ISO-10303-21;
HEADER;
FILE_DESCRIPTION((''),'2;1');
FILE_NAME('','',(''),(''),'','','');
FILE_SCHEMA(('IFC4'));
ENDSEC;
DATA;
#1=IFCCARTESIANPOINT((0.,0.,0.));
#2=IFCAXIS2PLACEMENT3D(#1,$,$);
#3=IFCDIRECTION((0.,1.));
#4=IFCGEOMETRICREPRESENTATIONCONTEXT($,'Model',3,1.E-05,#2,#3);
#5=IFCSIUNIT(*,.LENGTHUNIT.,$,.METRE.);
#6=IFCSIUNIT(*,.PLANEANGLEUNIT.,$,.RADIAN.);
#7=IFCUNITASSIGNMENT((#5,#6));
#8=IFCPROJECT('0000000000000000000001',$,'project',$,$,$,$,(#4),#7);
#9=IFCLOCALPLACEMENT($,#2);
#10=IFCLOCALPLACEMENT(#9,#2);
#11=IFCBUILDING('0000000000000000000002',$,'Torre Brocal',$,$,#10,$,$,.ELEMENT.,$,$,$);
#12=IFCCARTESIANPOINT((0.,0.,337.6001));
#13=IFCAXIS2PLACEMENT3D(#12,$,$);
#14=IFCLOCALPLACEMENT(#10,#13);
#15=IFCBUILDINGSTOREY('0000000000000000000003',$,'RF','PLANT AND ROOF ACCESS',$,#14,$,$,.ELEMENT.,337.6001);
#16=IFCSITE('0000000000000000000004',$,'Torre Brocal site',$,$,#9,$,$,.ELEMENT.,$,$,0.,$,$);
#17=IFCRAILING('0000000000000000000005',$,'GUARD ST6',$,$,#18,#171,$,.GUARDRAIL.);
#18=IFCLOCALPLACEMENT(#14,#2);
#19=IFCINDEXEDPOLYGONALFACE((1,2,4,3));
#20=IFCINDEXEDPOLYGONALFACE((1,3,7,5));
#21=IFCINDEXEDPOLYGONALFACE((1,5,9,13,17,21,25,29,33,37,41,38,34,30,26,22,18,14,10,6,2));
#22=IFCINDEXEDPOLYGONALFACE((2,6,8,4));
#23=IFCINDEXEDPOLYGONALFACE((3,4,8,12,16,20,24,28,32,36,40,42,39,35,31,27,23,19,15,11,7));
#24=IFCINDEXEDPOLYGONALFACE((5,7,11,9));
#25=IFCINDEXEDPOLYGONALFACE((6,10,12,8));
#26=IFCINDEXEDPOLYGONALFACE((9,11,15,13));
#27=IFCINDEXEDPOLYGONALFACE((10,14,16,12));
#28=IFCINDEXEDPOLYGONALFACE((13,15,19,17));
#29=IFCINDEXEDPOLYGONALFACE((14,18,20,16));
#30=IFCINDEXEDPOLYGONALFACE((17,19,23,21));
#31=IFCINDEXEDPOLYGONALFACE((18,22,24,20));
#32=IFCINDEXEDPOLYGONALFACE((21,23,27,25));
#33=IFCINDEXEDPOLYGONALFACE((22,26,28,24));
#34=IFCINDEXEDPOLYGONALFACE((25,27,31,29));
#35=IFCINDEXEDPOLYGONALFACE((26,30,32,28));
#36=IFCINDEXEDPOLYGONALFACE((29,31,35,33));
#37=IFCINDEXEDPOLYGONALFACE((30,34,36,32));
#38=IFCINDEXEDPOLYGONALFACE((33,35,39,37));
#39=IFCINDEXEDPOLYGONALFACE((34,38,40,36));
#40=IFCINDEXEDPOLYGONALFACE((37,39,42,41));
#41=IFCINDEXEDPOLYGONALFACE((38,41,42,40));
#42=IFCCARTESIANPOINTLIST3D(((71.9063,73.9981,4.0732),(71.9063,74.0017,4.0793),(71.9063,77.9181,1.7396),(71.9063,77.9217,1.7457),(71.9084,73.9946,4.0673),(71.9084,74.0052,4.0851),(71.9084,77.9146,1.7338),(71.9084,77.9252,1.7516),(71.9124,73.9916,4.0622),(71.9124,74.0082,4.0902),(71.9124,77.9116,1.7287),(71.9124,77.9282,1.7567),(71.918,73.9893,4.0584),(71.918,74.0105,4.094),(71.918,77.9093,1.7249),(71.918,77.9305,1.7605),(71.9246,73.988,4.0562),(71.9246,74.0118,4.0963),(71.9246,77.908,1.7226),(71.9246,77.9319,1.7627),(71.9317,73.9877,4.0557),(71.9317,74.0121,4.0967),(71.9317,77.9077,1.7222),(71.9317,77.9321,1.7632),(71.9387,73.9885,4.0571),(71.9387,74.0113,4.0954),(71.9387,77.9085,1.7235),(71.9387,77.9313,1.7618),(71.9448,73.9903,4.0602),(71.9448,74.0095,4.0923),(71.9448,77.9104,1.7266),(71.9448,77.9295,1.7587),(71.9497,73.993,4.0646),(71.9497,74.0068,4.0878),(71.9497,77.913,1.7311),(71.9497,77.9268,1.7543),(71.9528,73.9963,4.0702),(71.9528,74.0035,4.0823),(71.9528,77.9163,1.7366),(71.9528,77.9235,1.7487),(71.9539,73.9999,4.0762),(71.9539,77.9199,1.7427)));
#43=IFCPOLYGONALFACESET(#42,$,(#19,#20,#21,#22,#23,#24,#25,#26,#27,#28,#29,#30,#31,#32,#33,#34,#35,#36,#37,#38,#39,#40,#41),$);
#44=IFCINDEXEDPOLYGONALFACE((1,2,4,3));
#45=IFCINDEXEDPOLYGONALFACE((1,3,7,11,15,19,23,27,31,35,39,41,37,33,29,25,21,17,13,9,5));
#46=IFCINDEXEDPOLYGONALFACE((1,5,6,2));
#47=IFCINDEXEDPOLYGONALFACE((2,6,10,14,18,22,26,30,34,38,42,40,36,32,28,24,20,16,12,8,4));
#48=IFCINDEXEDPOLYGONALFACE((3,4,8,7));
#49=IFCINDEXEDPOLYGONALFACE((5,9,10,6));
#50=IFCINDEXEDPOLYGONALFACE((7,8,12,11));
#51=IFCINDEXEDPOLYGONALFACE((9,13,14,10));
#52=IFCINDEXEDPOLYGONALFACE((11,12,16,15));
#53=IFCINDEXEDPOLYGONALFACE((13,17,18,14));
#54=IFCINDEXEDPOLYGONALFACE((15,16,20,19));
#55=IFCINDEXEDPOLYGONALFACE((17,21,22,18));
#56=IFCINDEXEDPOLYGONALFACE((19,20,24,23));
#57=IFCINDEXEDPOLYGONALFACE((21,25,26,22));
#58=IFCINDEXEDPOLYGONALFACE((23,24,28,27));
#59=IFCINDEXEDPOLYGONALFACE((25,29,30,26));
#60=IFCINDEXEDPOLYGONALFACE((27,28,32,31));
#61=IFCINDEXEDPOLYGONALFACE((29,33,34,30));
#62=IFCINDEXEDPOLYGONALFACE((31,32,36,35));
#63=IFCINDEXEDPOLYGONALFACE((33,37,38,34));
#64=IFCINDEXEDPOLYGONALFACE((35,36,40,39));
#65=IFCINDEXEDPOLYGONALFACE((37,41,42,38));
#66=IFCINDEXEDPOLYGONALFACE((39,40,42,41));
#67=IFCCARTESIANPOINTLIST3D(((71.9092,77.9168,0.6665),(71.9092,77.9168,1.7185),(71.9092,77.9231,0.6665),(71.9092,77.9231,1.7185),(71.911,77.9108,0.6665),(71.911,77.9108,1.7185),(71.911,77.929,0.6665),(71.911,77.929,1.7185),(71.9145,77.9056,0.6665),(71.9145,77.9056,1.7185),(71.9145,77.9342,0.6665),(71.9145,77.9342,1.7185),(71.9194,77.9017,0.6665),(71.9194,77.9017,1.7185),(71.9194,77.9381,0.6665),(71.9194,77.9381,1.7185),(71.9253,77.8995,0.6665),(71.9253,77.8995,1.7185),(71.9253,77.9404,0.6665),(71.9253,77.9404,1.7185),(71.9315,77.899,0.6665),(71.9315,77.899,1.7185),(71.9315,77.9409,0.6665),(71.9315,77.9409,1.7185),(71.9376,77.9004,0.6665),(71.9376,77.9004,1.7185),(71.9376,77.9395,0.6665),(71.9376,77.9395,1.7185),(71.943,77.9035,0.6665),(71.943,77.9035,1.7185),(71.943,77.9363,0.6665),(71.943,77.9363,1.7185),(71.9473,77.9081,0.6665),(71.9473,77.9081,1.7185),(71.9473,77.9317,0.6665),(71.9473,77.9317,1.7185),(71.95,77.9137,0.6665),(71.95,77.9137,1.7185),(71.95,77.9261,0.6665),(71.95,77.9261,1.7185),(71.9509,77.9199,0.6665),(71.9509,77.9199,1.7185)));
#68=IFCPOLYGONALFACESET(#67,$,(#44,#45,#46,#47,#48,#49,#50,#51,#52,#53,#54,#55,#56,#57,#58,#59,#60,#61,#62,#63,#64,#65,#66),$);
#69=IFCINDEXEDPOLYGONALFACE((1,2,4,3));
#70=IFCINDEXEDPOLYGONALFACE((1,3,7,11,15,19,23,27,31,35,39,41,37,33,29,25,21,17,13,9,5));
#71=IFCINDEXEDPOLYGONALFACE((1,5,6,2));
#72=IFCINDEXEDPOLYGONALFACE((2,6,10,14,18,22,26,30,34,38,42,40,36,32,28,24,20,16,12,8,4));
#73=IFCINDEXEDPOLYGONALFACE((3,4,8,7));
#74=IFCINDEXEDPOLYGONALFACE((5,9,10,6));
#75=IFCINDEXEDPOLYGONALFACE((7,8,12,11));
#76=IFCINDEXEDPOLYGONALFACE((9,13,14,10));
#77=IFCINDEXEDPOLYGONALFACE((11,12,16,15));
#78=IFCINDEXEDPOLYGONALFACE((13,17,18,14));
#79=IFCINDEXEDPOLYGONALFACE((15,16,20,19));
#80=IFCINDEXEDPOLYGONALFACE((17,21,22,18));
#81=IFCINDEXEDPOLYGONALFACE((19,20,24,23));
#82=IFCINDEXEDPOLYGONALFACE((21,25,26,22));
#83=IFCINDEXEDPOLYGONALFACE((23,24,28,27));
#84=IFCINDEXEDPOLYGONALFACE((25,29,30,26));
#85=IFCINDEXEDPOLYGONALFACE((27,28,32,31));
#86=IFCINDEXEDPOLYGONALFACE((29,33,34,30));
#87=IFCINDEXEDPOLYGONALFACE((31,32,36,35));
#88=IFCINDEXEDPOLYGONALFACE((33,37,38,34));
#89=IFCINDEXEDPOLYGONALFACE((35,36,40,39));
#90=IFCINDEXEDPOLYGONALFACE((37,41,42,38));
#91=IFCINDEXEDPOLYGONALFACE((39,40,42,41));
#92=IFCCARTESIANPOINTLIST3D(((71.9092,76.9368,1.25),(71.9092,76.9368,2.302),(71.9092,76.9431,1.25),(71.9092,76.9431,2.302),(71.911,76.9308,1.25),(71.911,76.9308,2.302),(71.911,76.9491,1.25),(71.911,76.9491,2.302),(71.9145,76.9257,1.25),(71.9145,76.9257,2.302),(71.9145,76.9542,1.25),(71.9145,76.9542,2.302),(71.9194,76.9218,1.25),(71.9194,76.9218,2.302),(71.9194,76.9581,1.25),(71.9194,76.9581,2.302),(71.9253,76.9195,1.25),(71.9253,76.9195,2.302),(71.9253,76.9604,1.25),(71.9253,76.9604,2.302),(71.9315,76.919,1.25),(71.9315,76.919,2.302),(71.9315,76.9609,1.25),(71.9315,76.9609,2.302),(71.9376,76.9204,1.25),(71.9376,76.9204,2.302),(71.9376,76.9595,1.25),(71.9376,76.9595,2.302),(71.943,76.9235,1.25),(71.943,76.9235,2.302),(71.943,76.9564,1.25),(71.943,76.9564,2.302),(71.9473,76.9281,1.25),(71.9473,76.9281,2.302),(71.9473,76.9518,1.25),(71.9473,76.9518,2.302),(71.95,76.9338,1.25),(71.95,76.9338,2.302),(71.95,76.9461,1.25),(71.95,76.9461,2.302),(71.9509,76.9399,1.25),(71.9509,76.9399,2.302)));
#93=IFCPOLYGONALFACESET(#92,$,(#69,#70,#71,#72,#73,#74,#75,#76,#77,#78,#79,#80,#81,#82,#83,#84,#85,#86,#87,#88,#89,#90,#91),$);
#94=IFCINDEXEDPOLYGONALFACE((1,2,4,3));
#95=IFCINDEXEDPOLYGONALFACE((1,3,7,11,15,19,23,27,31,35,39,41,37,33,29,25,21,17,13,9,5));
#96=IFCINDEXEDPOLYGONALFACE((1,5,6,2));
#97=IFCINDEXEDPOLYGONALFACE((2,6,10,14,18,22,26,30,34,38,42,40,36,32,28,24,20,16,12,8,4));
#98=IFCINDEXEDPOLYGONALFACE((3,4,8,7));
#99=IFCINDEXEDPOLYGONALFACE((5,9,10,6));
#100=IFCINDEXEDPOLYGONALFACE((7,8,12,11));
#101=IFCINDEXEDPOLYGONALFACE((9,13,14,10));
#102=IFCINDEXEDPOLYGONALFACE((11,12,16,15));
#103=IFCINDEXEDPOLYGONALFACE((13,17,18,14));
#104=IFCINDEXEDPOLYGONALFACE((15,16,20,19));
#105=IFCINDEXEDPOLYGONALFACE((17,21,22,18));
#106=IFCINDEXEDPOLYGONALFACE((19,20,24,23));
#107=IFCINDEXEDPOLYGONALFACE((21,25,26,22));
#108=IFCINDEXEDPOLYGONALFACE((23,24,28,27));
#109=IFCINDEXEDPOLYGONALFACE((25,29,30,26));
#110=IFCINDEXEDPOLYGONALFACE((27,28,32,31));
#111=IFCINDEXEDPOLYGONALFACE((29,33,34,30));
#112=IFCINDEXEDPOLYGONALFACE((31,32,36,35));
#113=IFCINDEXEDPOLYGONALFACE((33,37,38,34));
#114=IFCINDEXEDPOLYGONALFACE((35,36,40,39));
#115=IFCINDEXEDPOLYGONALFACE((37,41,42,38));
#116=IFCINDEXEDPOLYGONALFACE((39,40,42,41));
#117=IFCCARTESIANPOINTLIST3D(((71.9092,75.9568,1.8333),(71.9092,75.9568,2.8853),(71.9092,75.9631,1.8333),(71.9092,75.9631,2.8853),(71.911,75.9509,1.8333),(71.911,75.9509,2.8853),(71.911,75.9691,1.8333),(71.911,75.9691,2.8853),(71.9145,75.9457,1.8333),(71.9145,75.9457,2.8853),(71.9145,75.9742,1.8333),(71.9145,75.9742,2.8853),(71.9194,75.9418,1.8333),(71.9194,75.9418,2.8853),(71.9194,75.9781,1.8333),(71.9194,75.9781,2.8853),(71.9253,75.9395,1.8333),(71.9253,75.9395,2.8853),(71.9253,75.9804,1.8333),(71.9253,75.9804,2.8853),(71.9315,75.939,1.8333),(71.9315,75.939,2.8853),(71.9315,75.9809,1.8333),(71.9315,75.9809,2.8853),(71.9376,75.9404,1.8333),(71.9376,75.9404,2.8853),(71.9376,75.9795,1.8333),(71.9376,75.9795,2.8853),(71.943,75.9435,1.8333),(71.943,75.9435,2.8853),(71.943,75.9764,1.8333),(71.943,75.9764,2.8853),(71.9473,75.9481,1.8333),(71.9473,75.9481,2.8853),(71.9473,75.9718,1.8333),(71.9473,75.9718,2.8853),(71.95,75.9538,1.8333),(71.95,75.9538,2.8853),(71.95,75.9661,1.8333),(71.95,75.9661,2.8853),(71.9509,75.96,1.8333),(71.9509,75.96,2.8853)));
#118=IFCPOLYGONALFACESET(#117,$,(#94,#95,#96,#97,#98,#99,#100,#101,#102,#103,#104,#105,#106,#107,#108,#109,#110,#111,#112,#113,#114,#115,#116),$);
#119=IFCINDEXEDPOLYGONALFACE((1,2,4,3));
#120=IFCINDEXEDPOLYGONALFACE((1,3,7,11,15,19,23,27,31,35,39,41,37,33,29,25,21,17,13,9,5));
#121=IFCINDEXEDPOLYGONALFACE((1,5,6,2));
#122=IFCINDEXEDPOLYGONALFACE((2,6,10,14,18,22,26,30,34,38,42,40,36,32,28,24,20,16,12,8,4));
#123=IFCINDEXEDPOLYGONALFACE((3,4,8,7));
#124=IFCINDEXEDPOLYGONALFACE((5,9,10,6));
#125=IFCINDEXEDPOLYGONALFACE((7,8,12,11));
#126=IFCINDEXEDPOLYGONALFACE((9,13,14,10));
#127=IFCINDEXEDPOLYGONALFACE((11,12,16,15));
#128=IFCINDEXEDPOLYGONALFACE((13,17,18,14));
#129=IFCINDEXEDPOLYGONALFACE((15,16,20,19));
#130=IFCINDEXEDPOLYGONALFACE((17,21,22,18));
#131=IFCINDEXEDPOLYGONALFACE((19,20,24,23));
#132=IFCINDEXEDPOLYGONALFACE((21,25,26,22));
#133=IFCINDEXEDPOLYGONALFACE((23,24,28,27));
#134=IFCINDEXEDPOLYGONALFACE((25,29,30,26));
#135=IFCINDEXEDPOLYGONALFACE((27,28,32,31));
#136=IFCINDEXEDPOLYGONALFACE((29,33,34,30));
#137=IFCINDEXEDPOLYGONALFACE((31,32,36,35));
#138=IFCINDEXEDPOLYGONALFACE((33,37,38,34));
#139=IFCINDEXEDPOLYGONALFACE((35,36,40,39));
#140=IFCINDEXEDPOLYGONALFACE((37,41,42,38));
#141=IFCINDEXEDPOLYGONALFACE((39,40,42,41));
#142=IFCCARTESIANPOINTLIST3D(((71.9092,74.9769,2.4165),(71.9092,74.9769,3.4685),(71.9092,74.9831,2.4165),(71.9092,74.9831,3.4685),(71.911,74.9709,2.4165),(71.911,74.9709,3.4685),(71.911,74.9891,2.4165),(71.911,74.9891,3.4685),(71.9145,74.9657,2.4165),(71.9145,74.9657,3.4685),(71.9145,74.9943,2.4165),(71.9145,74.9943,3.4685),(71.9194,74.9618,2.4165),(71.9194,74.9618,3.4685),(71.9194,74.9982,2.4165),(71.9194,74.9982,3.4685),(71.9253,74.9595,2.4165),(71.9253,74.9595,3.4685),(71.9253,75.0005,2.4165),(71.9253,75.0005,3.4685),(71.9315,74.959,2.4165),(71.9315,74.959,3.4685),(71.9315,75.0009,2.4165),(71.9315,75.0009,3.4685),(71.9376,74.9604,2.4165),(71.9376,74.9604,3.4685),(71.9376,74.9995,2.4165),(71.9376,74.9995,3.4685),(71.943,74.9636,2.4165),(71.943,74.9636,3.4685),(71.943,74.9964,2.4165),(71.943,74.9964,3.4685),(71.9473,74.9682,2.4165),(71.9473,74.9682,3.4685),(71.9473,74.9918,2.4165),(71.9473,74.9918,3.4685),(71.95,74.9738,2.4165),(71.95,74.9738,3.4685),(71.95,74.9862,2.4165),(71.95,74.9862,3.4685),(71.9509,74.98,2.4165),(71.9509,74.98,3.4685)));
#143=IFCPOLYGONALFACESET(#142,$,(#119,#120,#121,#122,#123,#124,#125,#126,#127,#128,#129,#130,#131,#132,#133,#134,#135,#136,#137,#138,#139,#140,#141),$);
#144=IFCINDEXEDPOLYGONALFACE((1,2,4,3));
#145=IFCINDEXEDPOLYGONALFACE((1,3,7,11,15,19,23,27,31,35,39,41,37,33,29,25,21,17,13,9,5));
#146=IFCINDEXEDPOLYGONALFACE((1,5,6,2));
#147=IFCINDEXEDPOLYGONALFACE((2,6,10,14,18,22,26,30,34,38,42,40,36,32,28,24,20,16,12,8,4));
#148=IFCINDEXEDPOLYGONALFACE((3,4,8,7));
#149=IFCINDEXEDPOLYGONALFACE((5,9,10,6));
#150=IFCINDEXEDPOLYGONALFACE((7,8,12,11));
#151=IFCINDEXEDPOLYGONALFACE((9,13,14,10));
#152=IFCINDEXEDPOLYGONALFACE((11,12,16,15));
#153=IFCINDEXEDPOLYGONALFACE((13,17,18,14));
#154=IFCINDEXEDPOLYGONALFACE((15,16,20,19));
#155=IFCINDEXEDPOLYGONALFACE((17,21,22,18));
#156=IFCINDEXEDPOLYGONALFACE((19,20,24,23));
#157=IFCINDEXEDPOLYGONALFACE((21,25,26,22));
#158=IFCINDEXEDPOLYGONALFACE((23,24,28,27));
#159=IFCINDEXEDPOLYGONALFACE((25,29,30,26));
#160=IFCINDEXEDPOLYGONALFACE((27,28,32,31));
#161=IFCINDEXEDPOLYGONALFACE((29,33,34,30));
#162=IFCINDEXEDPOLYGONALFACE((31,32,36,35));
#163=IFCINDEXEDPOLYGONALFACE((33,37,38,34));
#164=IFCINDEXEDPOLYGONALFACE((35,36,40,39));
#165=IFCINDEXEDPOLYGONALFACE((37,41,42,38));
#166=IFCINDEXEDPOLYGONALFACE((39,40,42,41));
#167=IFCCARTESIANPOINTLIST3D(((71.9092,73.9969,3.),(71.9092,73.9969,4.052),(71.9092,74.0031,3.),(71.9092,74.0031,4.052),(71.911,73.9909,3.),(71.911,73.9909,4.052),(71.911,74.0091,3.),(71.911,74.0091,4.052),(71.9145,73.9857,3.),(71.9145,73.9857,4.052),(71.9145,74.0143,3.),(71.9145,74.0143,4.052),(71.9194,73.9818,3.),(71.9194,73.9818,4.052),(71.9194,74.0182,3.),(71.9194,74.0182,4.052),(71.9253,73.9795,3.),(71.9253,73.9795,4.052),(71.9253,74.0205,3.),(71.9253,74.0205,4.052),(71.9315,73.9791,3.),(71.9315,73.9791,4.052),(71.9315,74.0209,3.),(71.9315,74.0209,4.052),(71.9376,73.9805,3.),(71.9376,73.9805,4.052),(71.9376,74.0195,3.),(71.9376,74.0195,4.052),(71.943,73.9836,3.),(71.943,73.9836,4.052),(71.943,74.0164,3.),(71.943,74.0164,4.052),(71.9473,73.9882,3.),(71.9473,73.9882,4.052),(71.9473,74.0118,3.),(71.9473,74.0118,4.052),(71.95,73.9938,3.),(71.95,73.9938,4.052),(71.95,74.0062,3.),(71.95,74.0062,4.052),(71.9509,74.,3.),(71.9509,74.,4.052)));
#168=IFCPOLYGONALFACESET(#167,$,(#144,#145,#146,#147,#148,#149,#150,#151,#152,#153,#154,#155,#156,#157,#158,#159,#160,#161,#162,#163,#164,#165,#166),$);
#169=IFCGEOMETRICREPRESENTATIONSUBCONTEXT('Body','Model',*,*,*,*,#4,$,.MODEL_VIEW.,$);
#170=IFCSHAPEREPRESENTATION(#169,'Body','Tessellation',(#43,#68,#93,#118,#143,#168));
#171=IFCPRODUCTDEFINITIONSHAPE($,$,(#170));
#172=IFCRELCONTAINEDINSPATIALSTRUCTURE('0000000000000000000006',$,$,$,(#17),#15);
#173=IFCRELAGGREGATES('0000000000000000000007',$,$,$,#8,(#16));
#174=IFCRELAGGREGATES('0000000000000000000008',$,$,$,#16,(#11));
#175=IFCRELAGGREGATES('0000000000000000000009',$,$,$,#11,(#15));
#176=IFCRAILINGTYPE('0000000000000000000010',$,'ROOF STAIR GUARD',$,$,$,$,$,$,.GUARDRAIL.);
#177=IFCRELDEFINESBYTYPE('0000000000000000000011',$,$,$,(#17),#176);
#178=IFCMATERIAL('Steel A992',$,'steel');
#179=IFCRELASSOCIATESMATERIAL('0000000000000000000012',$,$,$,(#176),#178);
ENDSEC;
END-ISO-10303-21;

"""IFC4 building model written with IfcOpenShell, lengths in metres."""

from ifc_helpers import new_model, si_unit, direction, frame, origin, origin_2d, place, context, subcontext, project, spatial, circle, extrude, material, type_object, element, save


model = new_model("IFC4")

# Units and contexts
model_context = context("Model", 3, precision=1e-05, world=origin(), true_north=direction((0.0, 1.0)))
body_context = subcontext(model_context, "Body", "Model", "MODEL_VIEW")
ifc_project = project(units=[si_unit("LENGTHUNIT", "METRE"), si_unit("PLANEANGLEUNIT", "RADIAN")], contexts=[model_context])

# Site, building, storey
site_placement = place(None, origin())
site = spatial("IfcSite", under=ifc_project, at=site_placement, Name="Torre Brocal site", CompositionType="ELEMENT", RefElevation=0.0)
building_placement = place(site_placement, origin())
building = spatial("IfcBuilding", under=site, at=building_placement, Name="Torre Brocal", CompositionType="ELEMENT")
storey_placement = place(building_placement, frame((0.0, 0.0, 337.6001)))
storey = spatial("IfcBuildingStorey", under=building, at=storey_placement, Name="RF", Description="PLANT AND ROOF ACCESS", CompositionType="ELEMENT", Elevation=337.6001)

# Railing
ifc_material_1 = material(Name="Steel A992", Category="steel")
railing_type_1 = type_object("IfcRailingType", Name="ROOF STAIR GUARD", PredefinedType="GUARDRAIL", material=ifc_material_1)
for number, where, name in (
    (1, (71.9299, 77.9199, 0.6665), "GUARD ST6"),
):
    element("IfcRailing", number, at=place(storey_placement, frame(where)), inside=storey, type_object=railing_type_1, Name=name, PredefinedType="GUARDRAIL", context=body_context, shape_type="SweptSolid", body=[
        extrude(circle(Radius=0.0239, at=origin_2d()), frame((0.0, 0.0, 1.0762), z_axis=(0.0, -0.859273, 0.511518), x_axis=(1.0, 0.0, 0.0)), (0.0, 0.0, 1.0), 4.562),
        extrude(circle(Radius=0.021, at=origin_2d()), origin(), (0.0, 0.0, 1.0), 1.052),
        extrude(circle(Radius=0.021, at=origin_2d()), frame((0.0, -0.98, 0.5835)), (0.0, 0.0, 1.0), 1.052),
        extrude(circle(Radius=0.021, at=origin_2d()), frame((0.0, -1.96, 1.1667)), (0.0, 0.0, 1.0), 1.052),
        extrude(circle(Radius=0.021, at=origin_2d()), frame((0.0, -2.9399, 1.75)), (0.0, 0.0, 1.0), 1.052),
        extrude(circle(Radius=0.021, at=origin_2d()), frame((0.0, -3.9199, 2.3335)), (0.0, 0.0, 1.0), 1.052),
    ])

save(model, "model.ifc")
